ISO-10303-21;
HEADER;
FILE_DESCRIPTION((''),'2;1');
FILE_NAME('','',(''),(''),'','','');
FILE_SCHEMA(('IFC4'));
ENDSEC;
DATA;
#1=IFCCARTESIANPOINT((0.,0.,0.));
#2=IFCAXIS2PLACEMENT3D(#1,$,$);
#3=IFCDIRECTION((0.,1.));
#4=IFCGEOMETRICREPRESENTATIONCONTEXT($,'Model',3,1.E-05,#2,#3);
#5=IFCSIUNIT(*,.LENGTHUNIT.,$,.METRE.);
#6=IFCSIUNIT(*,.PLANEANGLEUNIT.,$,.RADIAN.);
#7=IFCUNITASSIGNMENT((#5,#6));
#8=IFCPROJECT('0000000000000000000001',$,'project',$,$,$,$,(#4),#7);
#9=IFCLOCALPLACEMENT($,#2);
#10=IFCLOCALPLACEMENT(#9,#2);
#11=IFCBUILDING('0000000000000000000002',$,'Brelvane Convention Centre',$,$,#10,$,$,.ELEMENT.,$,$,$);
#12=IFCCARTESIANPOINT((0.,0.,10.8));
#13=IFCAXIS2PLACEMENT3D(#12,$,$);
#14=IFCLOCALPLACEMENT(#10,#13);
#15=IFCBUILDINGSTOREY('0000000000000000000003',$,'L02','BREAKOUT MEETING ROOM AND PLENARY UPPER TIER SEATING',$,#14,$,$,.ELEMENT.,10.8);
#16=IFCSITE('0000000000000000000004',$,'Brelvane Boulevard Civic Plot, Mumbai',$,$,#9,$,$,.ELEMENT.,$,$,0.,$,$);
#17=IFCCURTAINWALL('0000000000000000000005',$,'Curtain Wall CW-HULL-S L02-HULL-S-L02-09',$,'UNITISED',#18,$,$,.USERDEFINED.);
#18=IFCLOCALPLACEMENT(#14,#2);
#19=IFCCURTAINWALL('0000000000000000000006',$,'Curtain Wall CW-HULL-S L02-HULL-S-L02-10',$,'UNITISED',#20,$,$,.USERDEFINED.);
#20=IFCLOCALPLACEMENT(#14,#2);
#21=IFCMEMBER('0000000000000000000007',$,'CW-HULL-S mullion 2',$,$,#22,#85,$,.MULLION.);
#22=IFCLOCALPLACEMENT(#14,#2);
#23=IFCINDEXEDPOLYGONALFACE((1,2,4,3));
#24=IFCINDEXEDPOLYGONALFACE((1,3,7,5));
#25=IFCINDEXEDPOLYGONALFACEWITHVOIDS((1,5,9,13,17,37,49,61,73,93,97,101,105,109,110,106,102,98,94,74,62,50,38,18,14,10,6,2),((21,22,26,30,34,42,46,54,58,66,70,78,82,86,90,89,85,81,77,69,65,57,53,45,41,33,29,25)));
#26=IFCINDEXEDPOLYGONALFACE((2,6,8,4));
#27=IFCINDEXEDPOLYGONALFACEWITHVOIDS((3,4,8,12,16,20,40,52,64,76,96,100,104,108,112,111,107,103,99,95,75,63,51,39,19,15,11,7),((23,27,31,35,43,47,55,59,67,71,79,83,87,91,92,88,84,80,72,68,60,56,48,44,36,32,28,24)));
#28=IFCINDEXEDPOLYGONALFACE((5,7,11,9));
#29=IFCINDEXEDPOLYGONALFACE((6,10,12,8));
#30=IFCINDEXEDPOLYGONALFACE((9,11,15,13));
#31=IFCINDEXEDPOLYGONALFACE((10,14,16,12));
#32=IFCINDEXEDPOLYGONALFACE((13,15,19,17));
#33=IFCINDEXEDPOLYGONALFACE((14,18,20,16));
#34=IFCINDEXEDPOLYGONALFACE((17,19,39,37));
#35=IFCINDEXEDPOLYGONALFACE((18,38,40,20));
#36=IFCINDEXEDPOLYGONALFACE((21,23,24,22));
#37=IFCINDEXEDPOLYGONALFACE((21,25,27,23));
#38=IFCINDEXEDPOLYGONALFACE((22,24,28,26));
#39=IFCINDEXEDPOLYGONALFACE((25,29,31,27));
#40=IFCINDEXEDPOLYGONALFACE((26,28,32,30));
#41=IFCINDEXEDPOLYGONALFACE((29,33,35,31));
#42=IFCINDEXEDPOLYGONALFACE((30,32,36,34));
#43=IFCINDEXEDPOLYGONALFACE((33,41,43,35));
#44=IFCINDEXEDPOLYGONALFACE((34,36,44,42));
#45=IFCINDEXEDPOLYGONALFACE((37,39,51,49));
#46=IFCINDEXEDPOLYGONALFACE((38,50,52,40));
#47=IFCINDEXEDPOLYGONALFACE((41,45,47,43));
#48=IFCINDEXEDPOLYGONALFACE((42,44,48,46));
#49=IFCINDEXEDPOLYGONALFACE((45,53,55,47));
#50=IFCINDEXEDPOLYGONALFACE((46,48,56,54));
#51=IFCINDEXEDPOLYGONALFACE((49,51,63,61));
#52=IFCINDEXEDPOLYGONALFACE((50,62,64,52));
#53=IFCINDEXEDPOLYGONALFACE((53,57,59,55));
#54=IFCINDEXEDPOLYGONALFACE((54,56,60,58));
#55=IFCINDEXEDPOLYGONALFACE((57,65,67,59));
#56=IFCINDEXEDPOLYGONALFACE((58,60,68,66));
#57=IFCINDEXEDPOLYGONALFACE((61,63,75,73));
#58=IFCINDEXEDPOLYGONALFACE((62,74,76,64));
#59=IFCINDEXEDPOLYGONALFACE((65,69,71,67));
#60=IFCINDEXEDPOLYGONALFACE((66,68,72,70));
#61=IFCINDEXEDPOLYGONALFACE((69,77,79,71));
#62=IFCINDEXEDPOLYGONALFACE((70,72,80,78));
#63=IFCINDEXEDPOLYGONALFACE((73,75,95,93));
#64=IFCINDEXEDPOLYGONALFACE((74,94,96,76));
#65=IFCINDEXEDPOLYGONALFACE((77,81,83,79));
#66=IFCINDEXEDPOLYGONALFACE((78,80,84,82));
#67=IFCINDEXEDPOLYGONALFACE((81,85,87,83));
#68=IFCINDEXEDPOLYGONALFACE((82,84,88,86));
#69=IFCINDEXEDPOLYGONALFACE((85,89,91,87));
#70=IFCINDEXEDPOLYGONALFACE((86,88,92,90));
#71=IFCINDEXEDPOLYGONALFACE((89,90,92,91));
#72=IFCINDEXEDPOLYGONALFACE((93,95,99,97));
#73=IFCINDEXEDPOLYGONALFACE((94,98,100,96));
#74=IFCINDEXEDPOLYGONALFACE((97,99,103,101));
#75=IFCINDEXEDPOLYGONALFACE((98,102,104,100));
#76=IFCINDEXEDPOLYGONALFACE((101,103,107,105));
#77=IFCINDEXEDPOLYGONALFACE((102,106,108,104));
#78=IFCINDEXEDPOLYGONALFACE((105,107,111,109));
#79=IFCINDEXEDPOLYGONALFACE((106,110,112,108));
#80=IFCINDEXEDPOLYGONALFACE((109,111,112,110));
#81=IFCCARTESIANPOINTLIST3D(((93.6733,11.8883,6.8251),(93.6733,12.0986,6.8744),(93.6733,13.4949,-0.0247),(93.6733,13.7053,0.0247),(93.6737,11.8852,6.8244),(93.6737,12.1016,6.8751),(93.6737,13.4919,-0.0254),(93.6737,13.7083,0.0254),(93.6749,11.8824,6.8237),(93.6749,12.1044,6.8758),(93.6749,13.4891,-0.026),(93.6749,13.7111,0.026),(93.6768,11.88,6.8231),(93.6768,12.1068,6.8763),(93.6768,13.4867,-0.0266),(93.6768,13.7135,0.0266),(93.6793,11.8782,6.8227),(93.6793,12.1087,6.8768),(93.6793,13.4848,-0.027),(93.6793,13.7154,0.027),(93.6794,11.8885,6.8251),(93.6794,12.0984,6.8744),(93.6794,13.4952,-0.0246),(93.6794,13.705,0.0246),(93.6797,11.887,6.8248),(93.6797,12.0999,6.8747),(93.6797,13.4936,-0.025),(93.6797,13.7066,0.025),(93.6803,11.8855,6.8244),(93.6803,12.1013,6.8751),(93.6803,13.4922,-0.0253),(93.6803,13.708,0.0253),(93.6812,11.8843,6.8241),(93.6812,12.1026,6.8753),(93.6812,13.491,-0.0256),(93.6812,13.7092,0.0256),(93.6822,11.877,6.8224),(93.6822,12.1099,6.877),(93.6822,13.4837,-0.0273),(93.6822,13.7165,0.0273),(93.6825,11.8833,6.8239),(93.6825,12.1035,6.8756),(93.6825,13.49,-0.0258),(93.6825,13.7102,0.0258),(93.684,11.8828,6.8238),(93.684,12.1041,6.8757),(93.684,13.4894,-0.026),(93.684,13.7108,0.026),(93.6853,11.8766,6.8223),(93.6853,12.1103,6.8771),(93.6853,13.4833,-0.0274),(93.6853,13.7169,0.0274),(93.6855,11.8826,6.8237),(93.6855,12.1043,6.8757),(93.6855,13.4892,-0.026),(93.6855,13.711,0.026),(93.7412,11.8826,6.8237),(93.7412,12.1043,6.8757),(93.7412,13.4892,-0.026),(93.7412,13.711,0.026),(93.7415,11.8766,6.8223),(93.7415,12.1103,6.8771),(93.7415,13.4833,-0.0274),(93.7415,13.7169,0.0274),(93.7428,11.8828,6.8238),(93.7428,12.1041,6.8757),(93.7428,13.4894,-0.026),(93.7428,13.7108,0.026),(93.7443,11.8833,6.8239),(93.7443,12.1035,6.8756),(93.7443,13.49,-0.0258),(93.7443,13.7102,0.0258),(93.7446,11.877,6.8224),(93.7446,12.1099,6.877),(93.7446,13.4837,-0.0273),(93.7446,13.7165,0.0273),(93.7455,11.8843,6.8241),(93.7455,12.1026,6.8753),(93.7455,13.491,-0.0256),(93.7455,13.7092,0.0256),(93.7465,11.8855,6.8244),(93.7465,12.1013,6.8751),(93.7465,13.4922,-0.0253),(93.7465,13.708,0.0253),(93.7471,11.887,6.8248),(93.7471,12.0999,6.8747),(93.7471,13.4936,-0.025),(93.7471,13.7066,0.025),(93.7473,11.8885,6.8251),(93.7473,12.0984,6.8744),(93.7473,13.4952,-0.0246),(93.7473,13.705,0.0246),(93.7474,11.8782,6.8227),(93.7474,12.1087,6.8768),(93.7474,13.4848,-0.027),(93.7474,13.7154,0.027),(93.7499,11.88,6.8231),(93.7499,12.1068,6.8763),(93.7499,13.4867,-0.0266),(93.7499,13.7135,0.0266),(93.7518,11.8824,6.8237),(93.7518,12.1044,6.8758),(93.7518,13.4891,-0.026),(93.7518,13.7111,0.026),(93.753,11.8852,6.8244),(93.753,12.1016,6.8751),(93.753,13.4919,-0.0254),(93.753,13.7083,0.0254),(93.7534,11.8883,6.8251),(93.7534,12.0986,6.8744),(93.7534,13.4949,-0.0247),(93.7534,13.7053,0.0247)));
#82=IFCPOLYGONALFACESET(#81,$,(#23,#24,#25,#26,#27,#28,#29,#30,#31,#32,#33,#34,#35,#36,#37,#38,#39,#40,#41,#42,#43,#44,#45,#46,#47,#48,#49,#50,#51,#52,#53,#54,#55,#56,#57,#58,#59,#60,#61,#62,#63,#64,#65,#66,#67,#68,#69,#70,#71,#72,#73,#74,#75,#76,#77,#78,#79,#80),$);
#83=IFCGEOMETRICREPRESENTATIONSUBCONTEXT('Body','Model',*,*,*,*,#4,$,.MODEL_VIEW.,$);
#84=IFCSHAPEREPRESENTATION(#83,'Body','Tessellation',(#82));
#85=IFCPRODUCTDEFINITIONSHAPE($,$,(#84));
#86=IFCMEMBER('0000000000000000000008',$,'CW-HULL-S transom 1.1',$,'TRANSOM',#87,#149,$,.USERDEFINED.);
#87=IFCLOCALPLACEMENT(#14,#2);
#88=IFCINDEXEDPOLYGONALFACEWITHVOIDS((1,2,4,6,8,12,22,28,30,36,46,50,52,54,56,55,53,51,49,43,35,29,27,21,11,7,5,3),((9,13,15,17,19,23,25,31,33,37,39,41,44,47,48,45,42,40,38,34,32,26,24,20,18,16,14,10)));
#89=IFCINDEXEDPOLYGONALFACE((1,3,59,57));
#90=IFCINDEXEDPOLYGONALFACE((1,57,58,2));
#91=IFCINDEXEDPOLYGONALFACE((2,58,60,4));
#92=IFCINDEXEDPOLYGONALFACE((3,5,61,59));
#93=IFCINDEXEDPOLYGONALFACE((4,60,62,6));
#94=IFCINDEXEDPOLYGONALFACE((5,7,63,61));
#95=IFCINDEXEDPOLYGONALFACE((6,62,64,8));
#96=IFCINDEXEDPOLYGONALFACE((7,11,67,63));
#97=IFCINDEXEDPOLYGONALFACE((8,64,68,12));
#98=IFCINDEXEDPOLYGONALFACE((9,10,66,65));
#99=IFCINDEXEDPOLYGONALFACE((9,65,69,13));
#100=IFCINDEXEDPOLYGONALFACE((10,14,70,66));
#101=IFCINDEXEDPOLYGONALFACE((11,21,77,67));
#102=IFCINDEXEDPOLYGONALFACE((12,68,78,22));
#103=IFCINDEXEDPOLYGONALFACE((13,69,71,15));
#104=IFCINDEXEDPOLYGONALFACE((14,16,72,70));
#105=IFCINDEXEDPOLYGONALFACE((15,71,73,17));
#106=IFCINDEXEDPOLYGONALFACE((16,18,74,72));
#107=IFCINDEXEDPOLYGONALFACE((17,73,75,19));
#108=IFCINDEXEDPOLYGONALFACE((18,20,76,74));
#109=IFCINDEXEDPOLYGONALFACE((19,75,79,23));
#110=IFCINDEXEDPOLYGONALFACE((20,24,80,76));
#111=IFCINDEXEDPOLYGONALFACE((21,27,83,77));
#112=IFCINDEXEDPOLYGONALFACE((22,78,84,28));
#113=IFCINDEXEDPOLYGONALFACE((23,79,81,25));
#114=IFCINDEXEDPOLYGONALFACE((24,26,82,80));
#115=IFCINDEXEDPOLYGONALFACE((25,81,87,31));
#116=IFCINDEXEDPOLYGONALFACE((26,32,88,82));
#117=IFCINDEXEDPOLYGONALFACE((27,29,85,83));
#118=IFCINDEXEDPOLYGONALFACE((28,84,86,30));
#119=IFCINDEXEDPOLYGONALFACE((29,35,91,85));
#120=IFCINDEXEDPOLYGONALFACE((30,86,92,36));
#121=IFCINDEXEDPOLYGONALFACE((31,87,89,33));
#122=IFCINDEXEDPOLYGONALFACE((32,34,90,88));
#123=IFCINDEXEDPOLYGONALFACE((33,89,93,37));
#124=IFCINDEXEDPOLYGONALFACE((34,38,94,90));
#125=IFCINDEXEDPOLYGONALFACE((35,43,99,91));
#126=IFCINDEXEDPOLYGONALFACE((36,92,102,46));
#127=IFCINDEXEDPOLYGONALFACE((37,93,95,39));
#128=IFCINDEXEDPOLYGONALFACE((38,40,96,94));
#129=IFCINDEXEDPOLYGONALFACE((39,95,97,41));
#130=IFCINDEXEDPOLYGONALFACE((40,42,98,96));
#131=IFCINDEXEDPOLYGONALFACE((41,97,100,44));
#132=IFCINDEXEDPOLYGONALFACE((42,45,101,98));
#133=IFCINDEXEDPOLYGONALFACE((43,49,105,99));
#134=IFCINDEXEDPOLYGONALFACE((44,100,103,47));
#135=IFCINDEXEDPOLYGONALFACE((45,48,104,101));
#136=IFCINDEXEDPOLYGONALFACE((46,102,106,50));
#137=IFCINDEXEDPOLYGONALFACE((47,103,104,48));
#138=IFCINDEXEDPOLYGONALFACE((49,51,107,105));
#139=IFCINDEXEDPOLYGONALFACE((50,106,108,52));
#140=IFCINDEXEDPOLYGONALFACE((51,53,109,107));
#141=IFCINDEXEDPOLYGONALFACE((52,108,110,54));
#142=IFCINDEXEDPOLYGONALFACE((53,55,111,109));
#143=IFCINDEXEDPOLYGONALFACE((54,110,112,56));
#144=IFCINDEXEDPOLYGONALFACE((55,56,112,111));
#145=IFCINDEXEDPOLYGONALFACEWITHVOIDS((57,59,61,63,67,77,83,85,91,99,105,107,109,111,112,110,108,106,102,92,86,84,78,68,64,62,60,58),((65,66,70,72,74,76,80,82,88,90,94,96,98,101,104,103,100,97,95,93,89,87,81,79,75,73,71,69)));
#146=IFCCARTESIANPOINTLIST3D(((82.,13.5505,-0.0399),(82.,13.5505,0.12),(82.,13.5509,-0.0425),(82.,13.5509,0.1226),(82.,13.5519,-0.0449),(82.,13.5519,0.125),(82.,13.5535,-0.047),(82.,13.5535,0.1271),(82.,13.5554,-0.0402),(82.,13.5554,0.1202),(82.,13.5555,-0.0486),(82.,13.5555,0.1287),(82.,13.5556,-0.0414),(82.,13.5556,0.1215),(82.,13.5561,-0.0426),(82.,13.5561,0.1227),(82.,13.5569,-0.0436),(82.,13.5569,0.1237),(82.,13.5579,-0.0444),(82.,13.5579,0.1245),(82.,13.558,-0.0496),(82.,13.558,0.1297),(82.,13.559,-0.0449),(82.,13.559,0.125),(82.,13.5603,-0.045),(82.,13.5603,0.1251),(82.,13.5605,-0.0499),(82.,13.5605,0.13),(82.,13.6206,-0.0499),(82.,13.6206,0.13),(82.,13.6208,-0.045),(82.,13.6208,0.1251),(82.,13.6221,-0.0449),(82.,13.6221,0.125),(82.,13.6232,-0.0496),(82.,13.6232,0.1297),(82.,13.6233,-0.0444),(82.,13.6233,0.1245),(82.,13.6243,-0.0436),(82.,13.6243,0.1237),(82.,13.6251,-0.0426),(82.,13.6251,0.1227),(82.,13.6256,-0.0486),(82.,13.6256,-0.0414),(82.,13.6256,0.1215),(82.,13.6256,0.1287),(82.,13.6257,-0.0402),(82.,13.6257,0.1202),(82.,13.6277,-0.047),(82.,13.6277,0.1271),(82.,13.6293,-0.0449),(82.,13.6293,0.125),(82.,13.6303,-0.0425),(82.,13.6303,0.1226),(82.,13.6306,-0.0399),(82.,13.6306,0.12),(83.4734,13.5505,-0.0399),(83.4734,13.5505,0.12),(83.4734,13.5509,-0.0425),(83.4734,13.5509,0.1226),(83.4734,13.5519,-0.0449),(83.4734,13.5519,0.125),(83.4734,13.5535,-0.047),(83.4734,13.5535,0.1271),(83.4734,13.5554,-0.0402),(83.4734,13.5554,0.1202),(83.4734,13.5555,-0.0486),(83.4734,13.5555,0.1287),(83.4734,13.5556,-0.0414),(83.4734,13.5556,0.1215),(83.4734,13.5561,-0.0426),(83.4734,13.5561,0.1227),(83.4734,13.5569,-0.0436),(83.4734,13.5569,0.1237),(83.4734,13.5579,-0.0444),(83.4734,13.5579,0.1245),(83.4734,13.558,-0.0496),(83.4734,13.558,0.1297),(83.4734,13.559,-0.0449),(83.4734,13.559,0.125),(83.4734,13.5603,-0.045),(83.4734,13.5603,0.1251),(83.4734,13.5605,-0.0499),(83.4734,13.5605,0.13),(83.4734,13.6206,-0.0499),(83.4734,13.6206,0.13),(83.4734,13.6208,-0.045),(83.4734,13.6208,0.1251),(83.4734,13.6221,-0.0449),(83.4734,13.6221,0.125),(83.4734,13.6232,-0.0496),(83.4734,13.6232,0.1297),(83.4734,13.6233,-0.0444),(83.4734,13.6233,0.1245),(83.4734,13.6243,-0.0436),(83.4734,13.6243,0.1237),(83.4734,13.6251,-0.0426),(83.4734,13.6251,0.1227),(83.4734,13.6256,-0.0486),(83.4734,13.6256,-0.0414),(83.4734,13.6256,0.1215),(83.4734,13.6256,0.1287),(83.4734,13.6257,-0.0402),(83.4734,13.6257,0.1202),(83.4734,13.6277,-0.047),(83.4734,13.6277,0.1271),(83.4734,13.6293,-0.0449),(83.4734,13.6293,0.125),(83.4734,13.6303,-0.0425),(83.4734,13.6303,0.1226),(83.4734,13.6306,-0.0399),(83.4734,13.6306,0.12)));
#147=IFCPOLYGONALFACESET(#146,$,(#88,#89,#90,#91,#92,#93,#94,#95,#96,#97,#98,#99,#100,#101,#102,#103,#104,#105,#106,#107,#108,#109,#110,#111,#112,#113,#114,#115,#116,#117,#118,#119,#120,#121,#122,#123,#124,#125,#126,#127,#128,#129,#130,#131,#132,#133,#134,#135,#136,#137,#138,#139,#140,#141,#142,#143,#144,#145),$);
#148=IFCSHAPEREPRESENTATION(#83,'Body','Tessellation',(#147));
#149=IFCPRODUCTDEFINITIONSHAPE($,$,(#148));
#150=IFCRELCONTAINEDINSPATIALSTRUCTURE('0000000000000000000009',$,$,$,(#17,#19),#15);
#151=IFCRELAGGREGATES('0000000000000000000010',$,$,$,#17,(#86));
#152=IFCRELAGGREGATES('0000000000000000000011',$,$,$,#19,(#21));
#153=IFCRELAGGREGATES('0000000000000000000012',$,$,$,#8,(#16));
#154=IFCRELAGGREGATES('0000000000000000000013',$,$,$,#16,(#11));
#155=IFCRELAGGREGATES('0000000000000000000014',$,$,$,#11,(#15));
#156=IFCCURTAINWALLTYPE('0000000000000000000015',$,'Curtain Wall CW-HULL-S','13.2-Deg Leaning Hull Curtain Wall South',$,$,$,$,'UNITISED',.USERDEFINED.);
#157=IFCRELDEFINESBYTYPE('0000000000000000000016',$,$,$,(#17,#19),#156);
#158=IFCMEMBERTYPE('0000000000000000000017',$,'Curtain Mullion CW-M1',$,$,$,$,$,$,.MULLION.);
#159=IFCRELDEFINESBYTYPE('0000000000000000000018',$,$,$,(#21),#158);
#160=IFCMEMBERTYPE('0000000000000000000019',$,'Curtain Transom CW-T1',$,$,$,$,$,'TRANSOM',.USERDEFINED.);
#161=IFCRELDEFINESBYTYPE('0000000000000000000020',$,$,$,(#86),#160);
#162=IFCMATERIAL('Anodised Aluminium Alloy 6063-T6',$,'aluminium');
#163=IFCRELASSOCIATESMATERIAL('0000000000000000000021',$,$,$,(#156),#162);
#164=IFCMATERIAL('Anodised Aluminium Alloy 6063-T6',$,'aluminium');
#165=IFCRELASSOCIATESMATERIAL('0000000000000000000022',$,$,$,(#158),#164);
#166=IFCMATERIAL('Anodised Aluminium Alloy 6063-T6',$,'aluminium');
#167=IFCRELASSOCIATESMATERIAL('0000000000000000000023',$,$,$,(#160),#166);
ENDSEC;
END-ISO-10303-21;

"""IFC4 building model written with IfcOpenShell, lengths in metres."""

from ifc_helpers import new_model, si_unit, direction, frame, origin, origin_2d, place, context, subcontext, project, spatial, hollow_rectangle, extrude, material, material_profile, profile_set, type_object, element, aggregate, save


model = new_model("IFC4")

# Units and contexts
model_context = context("Model", 3, precision=1e-05, world=origin(), true_north=direction((0.0, 1.0)))
body_context = subcontext(model_context, "Body", "Model", "MODEL_VIEW")
ifc_project = project(units=[si_unit("LENGTHUNIT", "METRE"), si_unit("PLANEANGLEUNIT", "RADIAN")], contexts=[model_context])

# Site, building, storey
site_placement = place(None, origin())
site = spatial("IfcSite", under=ifc_project, at=site_placement, Name="Brelvane Boulevard Civic Plot, Mumbai", CompositionType="ELEMENT", RefElevation=0.0)
building_placement = place(site_placement, origin())
building = spatial("IfcBuilding", under=site, at=building_placement, Name="Brelvane Convention Centre", CompositionType="ELEMENT")
storey_placement = place(building_placement, frame((0.0, 0.0, 10.8)))
storey = spatial("IfcBuildingStorey", under=building, at=storey_placement, Name="L02", Description="BREAKOUT MEETING ROOM AND PLENARY UPPER TIER SEATING", CompositionType="ELEMENT", Elevation=10.8)

# Curtain walls, member
ifc_material_1 = material(Name="Anodised Aluminium Alloy 6063-T6", Category="aluminium")
curtain_wall_type = type_object("IfcCurtainWallType", Name="Curtain Wall CW-HULL-S", Description="13.2-Deg Leaning Hull Curtain Wall South", ElementType="UNITISED", PredefinedType="USERDEFINED", material=ifc_material_1)
curtain_wall_1_placement = place(storey_placement, origin())
curtain_wall_1 = element("IfcCurtainWall", 1, at=curtain_wall_1_placement, inside=storey, type_object=curtain_wall_type, Name="Curtain Wall CW-HULL-S L02-HULL-S-L02-09", ObjectType="UNITISED", PredefinedType="USERDEFINED")
ifc_material_2 = material(Name="Anodised Aluminium Alloy 6063-T6", Category="aluminium")
ifc_material_profile_1 = material_profile(ifc_material_2, hollow_rectangle(XDim=0.0801, YDim=0.24, WallThickness=0.0061, InnerFilletRadius=0.0061, OuterFilletRadius=0.012, at=origin_2d()), Name="ALU-M 240x80x6.0")
ifc_profile_set_1 = profile_set([ifc_material_profile_1], Name="Anodised Aluminium Alloy 6063-T6")
member_type_1 = type_object("IfcMemberType", Name="Curtain Mullion CW-M1", PredefinedType="MULLION", material=ifc_profile_set_1)
curtain_wall_2_placement = place(storey_placement, origin())
curtain_wall_2 = element("IfcCurtainWall", 2, at=curtain_wall_2_placement, inside=storey, type_object=curtain_wall_type, Name="Curtain Wall CW-HULL-S L02-HULL-S-L02-10", ObjectType="UNITISED", PredefinedType="USERDEFINED")
member_1_placement = place(storey_placement, frame((93.7134, 13.6001, 0.0), z_axis=(0.0, -0.22836, 0.973577), x_axis=(1.0, 0.0, 0.0)))
member_1 = element("IfcMember", 3, at=member_1_placement, type_object=member_type_1, Name="CW-HULL-S mullion 2", PredefinedType="MULLION", context=body_context, shape_type="SweptSolid", body=[
    extrude(hollow_rectangle(XDim=0.0801, YDim=0.24, WallThickness=0.0061, InnerFilletRadius=0.0061, OuterFilletRadius=0.012, at=origin_2d()), origin(), (0.0, 0.0, 1.0), 7.0356),
])

# Member
ifc_material_3 = material(Name="Anodised Aluminium Alloy 6063-T6", Category="aluminium")
ifc_material_profile_2 = material_profile(ifc_material_3, hollow_rectangle(XDim=0.0801, YDim=0.1799, WallThickness=0.0049, InnerFilletRadius=0.0049, OuterFilletRadius=0.01, at=origin_2d()), Name="ALU-T 180x80x5.0")
ifc_profile_set_2 = profile_set([ifc_material_profile_2], Name="Anodised Aluminium Alloy 6063-T6")
member_type_2 = type_object("IfcMemberType", Name="Curtain Transom CW-T1", ElementType="TRANSOM", PredefinedType="USERDEFINED", material=ifc_profile_set_2)
member_2_placement = place(storey_placement, frame((82.0, 13.5906, 0.04), z_axis=(1.0, 0.0, 0.0), x_axis=(0.0, 1.0, 0.0)))
member_2 = element("IfcMember", 4, at=member_2_placement, type_object=member_type_2, Name="CW-HULL-S transom 1.1", ObjectType="TRANSOM", PredefinedType="USERDEFINED", context=body_context, shape_type="SweptSolid", body=[
    extrude(hollow_rectangle(XDim=0.0801, YDim=0.1799, WallThickness=0.0049, InnerFilletRadius=0.0049, OuterFilletRadius=0.01, at=origin_2d()), origin(), (0.0, 0.0, 1.0), 1.4734),
])

aggregate(curtain_wall_1, [member_2])
aggregate(curtain_wall_2, [member_1])

save(model, "model.ifc")
